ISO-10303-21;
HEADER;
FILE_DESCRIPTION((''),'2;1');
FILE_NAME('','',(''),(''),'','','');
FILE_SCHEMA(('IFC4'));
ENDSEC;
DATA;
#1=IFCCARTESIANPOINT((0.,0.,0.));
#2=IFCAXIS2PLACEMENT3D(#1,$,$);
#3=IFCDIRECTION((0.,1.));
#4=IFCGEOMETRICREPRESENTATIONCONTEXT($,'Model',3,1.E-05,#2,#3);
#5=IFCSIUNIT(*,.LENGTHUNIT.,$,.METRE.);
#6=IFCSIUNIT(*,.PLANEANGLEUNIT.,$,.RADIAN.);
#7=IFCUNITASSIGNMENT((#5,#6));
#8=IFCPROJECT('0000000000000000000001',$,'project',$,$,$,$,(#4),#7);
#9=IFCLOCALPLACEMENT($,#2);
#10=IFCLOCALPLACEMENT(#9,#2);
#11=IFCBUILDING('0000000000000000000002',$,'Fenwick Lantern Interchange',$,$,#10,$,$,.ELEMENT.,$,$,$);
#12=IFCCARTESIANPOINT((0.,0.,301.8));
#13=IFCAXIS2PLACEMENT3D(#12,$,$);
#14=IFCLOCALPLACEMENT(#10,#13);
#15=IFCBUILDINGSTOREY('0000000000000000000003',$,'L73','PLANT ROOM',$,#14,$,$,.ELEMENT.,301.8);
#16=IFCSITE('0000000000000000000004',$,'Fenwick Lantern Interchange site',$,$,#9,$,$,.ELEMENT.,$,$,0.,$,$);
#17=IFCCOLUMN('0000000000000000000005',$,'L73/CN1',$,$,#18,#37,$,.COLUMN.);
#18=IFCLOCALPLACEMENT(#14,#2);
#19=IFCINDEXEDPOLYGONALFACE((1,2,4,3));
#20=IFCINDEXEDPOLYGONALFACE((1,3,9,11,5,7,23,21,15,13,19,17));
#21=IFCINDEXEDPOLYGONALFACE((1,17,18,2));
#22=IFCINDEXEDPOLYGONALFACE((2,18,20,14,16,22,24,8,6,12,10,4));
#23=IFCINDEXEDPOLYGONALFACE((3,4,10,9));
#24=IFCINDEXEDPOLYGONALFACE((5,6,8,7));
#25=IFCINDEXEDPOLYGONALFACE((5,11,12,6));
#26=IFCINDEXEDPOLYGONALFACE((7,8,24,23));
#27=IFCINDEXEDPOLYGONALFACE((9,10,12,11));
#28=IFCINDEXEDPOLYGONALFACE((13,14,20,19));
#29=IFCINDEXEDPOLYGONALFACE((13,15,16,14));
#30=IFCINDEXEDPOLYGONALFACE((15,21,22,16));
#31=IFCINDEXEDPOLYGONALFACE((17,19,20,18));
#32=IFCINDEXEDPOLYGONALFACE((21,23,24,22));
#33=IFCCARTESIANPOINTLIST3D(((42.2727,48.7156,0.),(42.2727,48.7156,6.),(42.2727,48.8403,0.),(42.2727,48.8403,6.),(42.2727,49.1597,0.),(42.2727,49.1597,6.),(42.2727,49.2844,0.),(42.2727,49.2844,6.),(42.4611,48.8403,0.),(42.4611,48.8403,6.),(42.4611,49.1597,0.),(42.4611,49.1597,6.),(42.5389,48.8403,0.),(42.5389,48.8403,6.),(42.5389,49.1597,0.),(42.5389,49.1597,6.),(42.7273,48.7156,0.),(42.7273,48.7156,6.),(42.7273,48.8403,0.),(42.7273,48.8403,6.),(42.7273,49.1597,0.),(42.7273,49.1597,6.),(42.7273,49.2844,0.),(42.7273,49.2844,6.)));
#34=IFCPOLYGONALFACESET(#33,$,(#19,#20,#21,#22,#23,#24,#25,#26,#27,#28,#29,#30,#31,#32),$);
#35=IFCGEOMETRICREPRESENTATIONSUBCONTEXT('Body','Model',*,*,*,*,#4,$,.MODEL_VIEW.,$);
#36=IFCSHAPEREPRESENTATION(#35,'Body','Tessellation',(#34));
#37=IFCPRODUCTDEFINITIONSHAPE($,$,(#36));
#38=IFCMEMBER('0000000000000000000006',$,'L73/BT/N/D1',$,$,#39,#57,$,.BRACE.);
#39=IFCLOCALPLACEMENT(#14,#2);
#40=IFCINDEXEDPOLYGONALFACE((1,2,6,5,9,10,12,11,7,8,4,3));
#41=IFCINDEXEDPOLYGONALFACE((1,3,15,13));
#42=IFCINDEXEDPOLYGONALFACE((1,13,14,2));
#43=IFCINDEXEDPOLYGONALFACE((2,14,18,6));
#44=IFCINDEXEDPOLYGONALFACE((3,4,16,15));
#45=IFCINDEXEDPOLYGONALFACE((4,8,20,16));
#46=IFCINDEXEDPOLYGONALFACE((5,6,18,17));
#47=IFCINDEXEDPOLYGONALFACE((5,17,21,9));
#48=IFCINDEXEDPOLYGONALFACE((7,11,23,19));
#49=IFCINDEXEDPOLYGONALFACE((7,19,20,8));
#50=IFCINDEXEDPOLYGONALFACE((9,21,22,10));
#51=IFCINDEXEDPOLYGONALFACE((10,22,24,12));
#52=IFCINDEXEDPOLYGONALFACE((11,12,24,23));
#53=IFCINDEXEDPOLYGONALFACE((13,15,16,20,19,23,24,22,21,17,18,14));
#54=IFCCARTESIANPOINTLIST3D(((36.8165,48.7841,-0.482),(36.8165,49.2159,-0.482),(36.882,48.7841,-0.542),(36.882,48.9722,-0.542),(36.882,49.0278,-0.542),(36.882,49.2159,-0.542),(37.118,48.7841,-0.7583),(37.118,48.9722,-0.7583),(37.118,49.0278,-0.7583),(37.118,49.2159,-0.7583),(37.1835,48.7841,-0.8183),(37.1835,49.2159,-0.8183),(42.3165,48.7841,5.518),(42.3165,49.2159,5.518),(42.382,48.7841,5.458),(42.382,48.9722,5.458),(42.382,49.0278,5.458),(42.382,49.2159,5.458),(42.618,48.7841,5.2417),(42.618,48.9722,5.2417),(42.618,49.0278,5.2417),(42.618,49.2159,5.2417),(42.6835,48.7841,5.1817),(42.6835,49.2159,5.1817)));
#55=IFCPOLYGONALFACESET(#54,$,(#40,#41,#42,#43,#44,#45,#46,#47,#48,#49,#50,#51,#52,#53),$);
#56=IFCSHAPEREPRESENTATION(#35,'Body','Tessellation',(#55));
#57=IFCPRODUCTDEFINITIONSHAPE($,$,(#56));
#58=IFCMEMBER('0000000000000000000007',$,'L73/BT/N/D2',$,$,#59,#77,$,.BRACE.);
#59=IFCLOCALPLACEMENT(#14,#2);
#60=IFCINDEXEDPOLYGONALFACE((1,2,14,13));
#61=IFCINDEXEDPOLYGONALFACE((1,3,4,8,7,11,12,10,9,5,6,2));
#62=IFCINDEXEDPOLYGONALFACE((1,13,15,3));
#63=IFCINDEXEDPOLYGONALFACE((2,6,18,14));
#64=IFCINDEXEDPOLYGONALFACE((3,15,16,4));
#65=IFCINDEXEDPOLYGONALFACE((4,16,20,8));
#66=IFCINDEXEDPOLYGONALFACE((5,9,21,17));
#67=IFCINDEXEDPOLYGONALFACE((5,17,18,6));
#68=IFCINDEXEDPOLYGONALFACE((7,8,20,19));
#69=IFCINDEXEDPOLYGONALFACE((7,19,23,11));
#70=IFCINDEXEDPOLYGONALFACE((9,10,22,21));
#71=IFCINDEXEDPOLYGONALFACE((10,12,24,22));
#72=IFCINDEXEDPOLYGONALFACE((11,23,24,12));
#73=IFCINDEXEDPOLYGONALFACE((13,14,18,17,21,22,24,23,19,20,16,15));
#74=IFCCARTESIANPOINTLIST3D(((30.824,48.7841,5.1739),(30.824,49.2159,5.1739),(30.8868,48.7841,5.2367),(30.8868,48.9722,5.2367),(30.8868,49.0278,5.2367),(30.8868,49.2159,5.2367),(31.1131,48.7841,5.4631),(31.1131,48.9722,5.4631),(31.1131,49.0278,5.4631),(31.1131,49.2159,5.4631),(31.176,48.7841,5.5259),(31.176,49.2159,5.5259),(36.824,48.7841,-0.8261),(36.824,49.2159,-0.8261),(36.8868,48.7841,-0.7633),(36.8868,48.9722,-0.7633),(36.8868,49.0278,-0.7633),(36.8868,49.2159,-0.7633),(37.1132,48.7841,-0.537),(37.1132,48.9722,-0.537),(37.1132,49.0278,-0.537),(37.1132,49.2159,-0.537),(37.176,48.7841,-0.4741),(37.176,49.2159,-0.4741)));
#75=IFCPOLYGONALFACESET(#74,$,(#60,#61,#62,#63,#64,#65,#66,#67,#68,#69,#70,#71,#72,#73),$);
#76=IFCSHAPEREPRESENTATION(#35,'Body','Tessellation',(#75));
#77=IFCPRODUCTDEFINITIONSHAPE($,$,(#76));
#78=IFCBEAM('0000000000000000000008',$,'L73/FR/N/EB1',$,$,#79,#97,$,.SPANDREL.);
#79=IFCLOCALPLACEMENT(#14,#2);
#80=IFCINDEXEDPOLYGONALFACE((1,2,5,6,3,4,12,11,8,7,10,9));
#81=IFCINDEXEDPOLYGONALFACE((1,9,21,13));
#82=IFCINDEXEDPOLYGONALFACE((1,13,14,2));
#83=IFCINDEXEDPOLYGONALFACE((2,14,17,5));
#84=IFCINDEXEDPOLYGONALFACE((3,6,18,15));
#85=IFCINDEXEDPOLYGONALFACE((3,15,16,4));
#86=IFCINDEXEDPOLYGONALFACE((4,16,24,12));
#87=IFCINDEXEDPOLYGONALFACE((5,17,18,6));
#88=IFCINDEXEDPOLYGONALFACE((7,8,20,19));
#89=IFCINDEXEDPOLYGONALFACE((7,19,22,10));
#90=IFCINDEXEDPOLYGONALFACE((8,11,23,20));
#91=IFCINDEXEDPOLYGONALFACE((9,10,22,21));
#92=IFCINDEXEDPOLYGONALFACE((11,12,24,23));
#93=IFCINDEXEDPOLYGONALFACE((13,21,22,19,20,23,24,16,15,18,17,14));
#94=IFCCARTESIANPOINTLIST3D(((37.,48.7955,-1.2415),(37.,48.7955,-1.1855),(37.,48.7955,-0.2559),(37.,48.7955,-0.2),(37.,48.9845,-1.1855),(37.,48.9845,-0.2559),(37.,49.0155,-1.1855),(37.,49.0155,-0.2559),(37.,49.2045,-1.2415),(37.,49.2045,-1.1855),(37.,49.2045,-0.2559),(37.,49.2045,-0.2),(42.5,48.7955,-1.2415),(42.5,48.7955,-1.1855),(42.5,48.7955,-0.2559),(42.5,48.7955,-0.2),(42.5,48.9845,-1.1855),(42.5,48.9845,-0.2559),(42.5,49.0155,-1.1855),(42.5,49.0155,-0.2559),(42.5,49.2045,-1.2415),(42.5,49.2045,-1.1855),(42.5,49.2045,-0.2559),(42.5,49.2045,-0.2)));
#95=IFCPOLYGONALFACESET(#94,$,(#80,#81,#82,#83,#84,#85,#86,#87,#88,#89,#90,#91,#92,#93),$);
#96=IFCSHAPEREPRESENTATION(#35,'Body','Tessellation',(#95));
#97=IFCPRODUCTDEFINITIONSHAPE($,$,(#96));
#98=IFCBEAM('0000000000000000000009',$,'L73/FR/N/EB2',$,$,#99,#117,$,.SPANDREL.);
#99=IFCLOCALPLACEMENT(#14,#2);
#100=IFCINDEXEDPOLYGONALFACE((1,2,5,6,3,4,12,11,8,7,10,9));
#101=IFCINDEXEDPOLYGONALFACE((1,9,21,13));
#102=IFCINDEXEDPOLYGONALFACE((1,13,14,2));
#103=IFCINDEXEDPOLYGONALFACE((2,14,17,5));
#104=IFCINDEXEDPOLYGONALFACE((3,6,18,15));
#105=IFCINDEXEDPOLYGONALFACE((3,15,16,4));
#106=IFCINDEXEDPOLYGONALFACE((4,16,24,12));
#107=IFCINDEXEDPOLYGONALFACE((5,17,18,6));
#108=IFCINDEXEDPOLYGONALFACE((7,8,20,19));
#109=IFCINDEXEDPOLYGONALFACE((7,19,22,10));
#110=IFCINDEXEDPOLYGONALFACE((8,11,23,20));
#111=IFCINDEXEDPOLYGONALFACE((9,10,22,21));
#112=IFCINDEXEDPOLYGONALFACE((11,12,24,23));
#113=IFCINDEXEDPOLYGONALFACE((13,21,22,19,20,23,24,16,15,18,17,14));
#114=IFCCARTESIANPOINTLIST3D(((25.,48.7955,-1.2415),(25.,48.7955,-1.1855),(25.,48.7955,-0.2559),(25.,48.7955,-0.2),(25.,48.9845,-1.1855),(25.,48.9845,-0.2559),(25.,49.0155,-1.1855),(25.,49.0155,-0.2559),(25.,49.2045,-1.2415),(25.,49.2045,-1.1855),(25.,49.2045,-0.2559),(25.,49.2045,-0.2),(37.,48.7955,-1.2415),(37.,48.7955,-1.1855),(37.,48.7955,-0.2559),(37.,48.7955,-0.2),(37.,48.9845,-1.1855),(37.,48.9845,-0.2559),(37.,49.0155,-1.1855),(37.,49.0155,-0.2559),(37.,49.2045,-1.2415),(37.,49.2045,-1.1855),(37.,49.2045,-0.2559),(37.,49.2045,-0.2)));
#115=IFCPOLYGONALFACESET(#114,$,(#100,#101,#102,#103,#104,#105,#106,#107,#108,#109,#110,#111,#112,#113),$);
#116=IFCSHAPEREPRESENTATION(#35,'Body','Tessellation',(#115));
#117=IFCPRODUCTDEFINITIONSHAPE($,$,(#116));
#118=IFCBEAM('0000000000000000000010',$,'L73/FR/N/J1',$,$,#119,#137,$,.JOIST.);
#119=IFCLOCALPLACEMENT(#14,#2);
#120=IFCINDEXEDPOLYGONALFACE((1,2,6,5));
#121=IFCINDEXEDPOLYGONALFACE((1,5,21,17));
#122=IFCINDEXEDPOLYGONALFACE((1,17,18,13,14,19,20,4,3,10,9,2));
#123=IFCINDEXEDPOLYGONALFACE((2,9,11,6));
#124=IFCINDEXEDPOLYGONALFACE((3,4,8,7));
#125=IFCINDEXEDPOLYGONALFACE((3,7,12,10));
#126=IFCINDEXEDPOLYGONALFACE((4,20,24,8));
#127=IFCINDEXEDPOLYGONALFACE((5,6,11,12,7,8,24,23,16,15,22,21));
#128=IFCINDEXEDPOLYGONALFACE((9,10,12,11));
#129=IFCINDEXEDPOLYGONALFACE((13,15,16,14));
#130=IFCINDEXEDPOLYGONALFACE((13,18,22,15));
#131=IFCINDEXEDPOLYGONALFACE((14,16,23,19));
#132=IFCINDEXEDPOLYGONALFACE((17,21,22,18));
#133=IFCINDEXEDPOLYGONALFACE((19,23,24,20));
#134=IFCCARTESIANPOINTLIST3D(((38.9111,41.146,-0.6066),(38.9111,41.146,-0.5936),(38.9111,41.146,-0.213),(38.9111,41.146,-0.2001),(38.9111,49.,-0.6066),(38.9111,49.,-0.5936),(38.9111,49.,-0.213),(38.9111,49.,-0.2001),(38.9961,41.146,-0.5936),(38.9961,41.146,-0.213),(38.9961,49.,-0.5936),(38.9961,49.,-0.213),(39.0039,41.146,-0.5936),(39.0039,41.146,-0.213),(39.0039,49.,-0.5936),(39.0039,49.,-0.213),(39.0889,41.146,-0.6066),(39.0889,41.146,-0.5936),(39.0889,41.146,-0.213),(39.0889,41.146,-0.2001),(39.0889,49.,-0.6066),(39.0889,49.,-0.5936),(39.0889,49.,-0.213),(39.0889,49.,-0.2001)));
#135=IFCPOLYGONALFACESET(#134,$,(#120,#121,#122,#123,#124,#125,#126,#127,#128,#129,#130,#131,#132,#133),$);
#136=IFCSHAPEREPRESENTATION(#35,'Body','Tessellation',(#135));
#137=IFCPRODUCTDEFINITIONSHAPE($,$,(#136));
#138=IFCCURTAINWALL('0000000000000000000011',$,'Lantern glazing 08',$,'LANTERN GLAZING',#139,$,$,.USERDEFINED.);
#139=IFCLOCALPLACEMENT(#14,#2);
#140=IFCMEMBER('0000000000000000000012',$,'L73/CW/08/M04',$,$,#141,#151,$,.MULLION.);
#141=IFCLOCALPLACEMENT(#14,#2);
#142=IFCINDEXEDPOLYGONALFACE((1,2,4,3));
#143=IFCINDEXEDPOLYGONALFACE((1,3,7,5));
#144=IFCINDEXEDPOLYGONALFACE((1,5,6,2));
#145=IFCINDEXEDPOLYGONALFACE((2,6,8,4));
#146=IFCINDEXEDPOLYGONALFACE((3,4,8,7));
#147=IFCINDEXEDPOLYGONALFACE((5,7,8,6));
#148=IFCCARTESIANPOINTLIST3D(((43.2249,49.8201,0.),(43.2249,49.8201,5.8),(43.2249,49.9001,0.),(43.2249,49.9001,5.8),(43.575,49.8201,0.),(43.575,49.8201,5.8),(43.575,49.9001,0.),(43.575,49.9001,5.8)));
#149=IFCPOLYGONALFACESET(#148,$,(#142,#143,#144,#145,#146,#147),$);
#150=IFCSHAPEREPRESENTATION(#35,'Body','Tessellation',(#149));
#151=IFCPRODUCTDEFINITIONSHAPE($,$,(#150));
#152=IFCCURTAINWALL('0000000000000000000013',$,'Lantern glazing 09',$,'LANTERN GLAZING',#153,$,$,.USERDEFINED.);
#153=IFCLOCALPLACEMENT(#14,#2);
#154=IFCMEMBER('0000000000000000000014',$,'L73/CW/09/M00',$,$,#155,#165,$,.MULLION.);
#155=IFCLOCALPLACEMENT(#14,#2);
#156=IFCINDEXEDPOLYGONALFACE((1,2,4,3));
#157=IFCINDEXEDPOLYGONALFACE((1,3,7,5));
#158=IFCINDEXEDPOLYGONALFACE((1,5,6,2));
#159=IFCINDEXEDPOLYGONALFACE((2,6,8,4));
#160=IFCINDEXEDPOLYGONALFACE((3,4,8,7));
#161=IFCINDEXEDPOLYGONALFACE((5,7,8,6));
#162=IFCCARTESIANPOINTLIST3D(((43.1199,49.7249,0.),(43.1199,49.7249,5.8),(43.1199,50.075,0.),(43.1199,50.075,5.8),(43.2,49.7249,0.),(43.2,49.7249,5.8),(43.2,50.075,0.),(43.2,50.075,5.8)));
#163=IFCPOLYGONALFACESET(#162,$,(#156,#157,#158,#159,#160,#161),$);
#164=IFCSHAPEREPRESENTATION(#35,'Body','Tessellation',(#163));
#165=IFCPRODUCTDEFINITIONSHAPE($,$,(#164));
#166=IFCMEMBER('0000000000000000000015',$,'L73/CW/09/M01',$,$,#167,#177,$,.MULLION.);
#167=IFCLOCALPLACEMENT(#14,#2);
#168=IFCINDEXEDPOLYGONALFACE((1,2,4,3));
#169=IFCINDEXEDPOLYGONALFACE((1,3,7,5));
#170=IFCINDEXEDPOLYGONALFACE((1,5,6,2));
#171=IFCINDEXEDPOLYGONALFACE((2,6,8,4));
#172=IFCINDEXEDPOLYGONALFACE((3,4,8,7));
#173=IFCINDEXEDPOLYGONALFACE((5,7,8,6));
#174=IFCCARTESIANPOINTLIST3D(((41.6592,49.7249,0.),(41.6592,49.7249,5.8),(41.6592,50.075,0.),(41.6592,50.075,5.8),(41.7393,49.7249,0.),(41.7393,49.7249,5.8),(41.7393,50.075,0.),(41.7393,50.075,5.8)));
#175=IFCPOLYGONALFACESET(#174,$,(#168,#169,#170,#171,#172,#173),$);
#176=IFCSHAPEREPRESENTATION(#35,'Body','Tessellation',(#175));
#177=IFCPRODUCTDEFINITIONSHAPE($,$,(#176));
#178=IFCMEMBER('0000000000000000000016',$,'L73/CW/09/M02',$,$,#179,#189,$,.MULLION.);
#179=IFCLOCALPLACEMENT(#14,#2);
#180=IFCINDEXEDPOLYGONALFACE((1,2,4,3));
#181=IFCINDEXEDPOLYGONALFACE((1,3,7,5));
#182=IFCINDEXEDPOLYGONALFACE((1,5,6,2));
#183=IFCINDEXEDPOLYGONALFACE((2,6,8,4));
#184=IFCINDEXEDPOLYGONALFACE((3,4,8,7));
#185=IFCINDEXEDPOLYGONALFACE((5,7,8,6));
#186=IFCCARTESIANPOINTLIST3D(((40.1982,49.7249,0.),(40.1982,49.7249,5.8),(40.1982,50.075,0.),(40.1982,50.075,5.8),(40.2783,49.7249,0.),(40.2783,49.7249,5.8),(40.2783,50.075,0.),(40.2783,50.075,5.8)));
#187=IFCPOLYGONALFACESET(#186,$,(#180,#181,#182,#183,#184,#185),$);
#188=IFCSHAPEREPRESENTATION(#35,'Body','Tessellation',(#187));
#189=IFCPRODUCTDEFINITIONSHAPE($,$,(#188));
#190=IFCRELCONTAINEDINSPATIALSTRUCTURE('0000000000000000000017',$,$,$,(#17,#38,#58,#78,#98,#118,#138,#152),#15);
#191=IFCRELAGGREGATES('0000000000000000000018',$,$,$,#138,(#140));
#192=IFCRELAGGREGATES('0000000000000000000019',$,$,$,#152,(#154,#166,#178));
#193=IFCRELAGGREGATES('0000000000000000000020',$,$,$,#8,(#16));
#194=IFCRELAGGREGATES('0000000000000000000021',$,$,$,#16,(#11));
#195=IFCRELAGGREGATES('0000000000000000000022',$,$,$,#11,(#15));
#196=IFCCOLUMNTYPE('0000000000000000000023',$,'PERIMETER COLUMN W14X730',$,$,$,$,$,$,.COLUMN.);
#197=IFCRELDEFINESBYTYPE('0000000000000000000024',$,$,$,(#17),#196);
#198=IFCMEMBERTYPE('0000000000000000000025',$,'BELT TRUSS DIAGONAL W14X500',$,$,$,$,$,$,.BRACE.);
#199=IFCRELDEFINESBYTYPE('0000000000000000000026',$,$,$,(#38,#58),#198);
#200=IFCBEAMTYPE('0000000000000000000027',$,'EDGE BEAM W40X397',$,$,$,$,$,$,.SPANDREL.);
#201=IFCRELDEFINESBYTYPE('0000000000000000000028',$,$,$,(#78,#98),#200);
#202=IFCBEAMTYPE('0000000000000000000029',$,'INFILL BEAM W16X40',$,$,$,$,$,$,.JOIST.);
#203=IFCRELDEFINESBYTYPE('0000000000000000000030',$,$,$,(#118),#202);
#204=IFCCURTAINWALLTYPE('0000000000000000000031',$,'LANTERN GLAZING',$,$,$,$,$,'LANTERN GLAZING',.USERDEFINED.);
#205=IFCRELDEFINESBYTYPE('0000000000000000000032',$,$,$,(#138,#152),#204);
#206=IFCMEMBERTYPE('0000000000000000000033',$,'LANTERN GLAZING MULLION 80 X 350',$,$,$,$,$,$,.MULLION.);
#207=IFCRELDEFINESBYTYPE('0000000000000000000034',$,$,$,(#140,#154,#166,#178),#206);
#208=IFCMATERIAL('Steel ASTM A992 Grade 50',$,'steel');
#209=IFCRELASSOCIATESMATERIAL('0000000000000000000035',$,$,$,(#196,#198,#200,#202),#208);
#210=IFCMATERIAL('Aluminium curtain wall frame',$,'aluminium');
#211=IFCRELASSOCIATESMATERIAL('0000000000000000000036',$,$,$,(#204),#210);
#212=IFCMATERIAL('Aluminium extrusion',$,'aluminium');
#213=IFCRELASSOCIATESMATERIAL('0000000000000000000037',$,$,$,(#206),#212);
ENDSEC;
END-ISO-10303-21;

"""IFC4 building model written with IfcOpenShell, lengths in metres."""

from ifc_helpers import new_model, si_unit, direction, frame, origin, origin_2d, place, context, subcontext, project, spatial, rectangle, i_section, extrude, material, material_profile, profile_set, type_object, element, aggregate, save


model = new_model("IFC4")

# Units and contexts
model_context = context("Model", 3, precision=1e-05, world=origin(), true_north=direction((0.0, 1.0)))
body_context = subcontext(model_context, "Body", "Model", "MODEL_VIEW")
ifc_project = project(units=[si_unit("LENGTHUNIT", "METRE"), si_unit("PLANEANGLEUNIT", "RADIAN")], contexts=[model_context])

# Site, building, storey
site_placement = place(None, origin())
site = spatial("IfcSite", under=ifc_project, at=site_placement, Name="Fenwick Lantern Interchange site", CompositionType="ELEMENT", RefElevation=0.0)
building_placement = place(site_placement, origin())
building = spatial("IfcBuilding", under=site, at=building_placement, Name="Fenwick Lantern Interchange", CompositionType="ELEMENT")
storey_placement = place(building_placement, frame((0.0, 0.0, 301.8)))
storey = spatial("IfcBuildingStorey", under=building, at=storey_placement, Name="L73", Description="PLANT ROOM", CompositionType="ELEMENT", Elevation=301.8)

# Column
ifc_material_1 = material(Name="Steel ASTM A992 Grade 50", Category="steel")
ifc_material_profile_1 = material_profile(ifc_material_1, i_section(OverallWidth=0.4546, OverallDepth=0.5688, WebThickness=0.0779, FlangeThickness=0.1248, at=origin_2d()), Name="W14X730")
ifc_profile_set_1 = profile_set([ifc_material_profile_1], Name="Steel ASTM A992 Grade 50")
column_type = type_object("IfcColumnType", Name="PERIMETER COLUMN W14X730", PredefinedType="COLUMN", material=ifc_profile_set_1)
column_placement = place(storey_placement, frame((42.5, 49.0, 0.0), z_axis=(0.0, 0.0, 1.0), x_axis=(1.0, 0.0, 0.0)))
element("IfcColumn", 1, at=column_placement, inside=storey, type_object=column_type, Name="L73/CN1", PredefinedType="COLUMN", context=body_context, shape_type="SweptSolid", body=[
    extrude(i_section(OverallWidth=0.4546, OverallDepth=0.5688, WebThickness=0.0779, FlangeThickness=0.1248, at=origin_2d()), origin(), (0.0, 0.0, 1.0), 6.0),
])

# Members
ifc_material_profile_2 = material_profile(ifc_material_1, i_section(OverallWidth=0.4319, OverallDepth=0.4978, WebThickness=0.0557, FlangeThickness=0.0889, at=origin_2d()), Name="W14X500")
ifc_profile_set_2 = profile_set([ifc_material_profile_2], Name="Steel ASTM A992 Grade 50")
member_type_1 = type_object("IfcMemberType", Name="BELT TRUSS DIAGONAL W14X500", PredefinedType="BRACE", material=ifc_profile_set_2)
member_1_placement = place(storey_placement, frame((37.0, 49.0, -0.6501), z_axis=(0.675725, 0.0, 0.737154), x_axis=(0.0, 1.0, 0.0)))
element("IfcMember", 2, at=member_1_placement, inside=storey, type_object=member_type_1, Name="L73/BT/N/D1", PredefinedType="BRACE", context=body_context, shape_type="SweptSolid", body=[
    extrude(i_section(OverallWidth=0.4319, OverallDepth=0.4978, WebThickness=0.0557, FlangeThickness=0.0889, at=origin_2d()), origin(), (0.0, 0.0, 1.0), 8.1394),
])
member_2_placement = place(storey_placement, frame((37.0, 49.0, -0.6501), z_axis=(-0.707107, 0.0, 0.707107), x_axis=(0.0, -1.0, 0.0)))
element("IfcMember", 3, at=member_2_placement, inside=storey, type_object=member_type_1, Name="L73/BT/N/D2", PredefinedType="BRACE", context=body_context, shape_type="SweptSolid", body=[
    extrude(i_section(OverallWidth=0.4319, OverallDepth=0.4978, WebThickness=0.0557, FlangeThickness=0.0889, at=origin_2d()), origin(), (0.0, 0.0, 1.0), 8.4854),
])

# Beams
ifc_material_profile_3 = material_profile(ifc_material_1, i_section(OverallWidth=0.4089, OverallDepth=1.0415, WebThickness=0.031, FlangeThickness=0.0559, at=origin_2d()), Name="W40X397")
ifc_profile_set_3 = profile_set([ifc_material_profile_3], Name="Steel ASTM A992 Grade 50")
beam_type_1 = type_object("IfcBeamType", Name="EDGE BEAM W40X397", PredefinedType="SPANDREL", material=ifc_profile_set_3)
beam_1_placement = place(storey_placement, frame((42.5, 49.0, -0.7207), z_axis=(-1.0, 0.0, 0.0), x_axis=(0.0, -1.0, 0.0)))
element("IfcBeam", 4, at=beam_1_placement, inside=storey, type_object=beam_type_1, Name="L73/FR/N/EB1", PredefinedType="SPANDREL", context=body_context, shape_type="SweptSolid", body=[
    extrude(i_section(OverallWidth=0.4089, OverallDepth=1.0415, WebThickness=0.031, FlangeThickness=0.0559, at=origin_2d()), origin(), (0.0, 0.0, 1.0), 5.5),
])
beam_2_placement = place(storey_placement, frame((37.0, 49.0, -0.7207), z_axis=(-1.0, 0.0, 0.0), x_axis=(0.0, -1.0, 0.0)))
element("IfcBeam", 5, at=beam_2_placement, inside=storey, type_object=beam_type_1, Name="L73/FR/N/EB2", PredefinedType="SPANDREL", context=body_context, shape_type="SweptSolid", body=[
    extrude(i_section(OverallWidth=0.4089, OverallDepth=1.0415, WebThickness=0.031, FlangeThickness=0.0559, at=origin_2d()), origin(), (0.0, 0.0, 1.0), 12.0),
])
ifc_material_profile_4 = material_profile(ifc_material_1, i_section(OverallWidth=0.1777, OverallDepth=0.4065, WebThickness=0.0078, FlangeThickness=0.0129, at=origin_2d()), Name="W16X40")
ifc_profile_set_4 = profile_set([ifc_material_profile_4], Name="Steel ASTM A992 Grade 50")
beam_type_2 = type_object("IfcBeamType", Name="INFILL BEAM W16X40", PredefinedType="JOIST", material=ifc_profile_set_4)
beam_3_placement = place(storey_placement, frame((39.0, 49.0, -0.4033), z_axis=(0.0, -1.0, 0.0), x_axis=(1.0, 0.0, 0.0)))
element("IfcBeam", 6, at=beam_3_placement, inside=storey, type_object=beam_type_2, Name="L73/FR/N/J1", PredefinedType="JOIST", context=body_context, shape_type="SweptSolid", body=[
    extrude(i_section(OverallWidth=0.1777, OverallDepth=0.4065, WebThickness=0.0078, FlangeThickness=0.0129, at=origin_2d()), origin(), (0.0, 0.0, 1.0), 7.854),
])

# Curtain wall, member
ifc_material_2 = material(Name="Aluminium curtain wall frame", Category="aluminium")
curtain_wall_type = type_object("IfcCurtainWallType", Name="LANTERN GLAZING", ElementType="LANTERN GLAZING", PredefinedType="USERDEFINED", material=ifc_material_2)
curtain_wall_1_placement = place(storey_placement, origin())
curtain_wall_1 = element("IfcCurtainWall", 7, at=curtain_wall_1_placement, inside=storey, type_object=curtain_wall_type, Name="Lantern glazing 08", ObjectType="LANTERN GLAZING", PredefinedType="USERDEFINED")
ifc_material_3 = material(Name="Aluminium extrusion", Category="aluminium")
ifc_material_profile_5 = material_profile(ifc_material_3, rectangle(XDim=0.3501, YDim=0.0801, at=origin_2d()), Name="LANTERN GLAZING MULLION 80 X 350")
ifc_profile_set_5 = profile_set([ifc_material_profile_5], Name="Aluminium extrusion")
member_type_2 = type_object("IfcMemberType", Name="LANTERN GLAZING MULLION 80 X 350", PredefinedType="MULLION", material=ifc_profile_set_5)
member_3_placement = place(storey_placement, frame((43.3999, 49.8601, 0.0), z_axis=(0.0, 0.0, 1.0), x_axis=(-1.0, 0.0, 0.0)))
member_3 = element("IfcMember", 8, at=member_3_placement, type_object=member_type_2, Name="L73/CW/08/M04", PredefinedType="MULLION", context=body_context, shape_type="SweptSolid", body=[
    extrude(rectangle(XDim=0.3501, YDim=0.0801, at=origin_2d()), origin(), (0.0, 0.0, 1.0), 5.8),
])
aggregate(curtain_wall_1, [member_3])

# Curtain wall, members
curtain_wall_2_placement = place(storey_placement, origin())
curtain_wall_2 = element("IfcCurtainWall", 9, at=curtain_wall_2_placement, inside=storey, type_object=curtain_wall_type, Name="Lantern glazing 09", ObjectType="LANTERN GLAZING", PredefinedType="USERDEFINED")
member_4_placement = place(storey_placement, frame((43.1599, 49.8999, 0.0), z_axis=(0.0, 0.0, 1.0), x_axis=(0.0, -1.0, 0.0)))
member_4 = element("IfcMember", 10, at=member_4_placement, type_object=member_type_2, Name="L73/CW/09/M00", PredefinedType="MULLION", context=body_context, shape_type="SweptSolid", body=[
    extrude(rectangle(XDim=0.3501, YDim=0.0801, at=origin_2d()), origin(), (0.0, 0.0, 1.0), 5.8),
])
member_5_placement = place(storey_placement, frame((41.6992, 49.8999, 0.0), z_axis=(0.0, 0.0, 1.0), x_axis=(0.0, -1.0, 0.0)))
member_5 = element("IfcMember", 11, at=member_5_placement, type_object=member_type_2, Name="L73/CW/09/M01", PredefinedType="MULLION", context=body_context, shape_type="SweptSolid", body=[
    extrude(rectangle(XDim=0.3501, YDim=0.0801, at=origin_2d()), origin(), (0.0, 0.0, 1.0), 5.8),
])
member_6_placement = place(storey_placement, frame((40.2383, 49.8999, 0.0), z_axis=(0.0, 0.0, 1.0), x_axis=(0.0, -1.0, 0.0)))
member_6 = element("IfcMember", 12, at=member_6_placement, type_object=member_type_2, Name="L73/CW/09/M02", PredefinedType="MULLION", context=body_context, shape_type="SweptSolid", body=[
    extrude(rectangle(XDim=0.3501, YDim=0.0801, at=origin_2d()), origin(), (0.0, 0.0, 1.0), 5.8),
])

aggregate(curtain_wall_2, [member_4, member_5, member_6])

save(model, "model.ifc")
